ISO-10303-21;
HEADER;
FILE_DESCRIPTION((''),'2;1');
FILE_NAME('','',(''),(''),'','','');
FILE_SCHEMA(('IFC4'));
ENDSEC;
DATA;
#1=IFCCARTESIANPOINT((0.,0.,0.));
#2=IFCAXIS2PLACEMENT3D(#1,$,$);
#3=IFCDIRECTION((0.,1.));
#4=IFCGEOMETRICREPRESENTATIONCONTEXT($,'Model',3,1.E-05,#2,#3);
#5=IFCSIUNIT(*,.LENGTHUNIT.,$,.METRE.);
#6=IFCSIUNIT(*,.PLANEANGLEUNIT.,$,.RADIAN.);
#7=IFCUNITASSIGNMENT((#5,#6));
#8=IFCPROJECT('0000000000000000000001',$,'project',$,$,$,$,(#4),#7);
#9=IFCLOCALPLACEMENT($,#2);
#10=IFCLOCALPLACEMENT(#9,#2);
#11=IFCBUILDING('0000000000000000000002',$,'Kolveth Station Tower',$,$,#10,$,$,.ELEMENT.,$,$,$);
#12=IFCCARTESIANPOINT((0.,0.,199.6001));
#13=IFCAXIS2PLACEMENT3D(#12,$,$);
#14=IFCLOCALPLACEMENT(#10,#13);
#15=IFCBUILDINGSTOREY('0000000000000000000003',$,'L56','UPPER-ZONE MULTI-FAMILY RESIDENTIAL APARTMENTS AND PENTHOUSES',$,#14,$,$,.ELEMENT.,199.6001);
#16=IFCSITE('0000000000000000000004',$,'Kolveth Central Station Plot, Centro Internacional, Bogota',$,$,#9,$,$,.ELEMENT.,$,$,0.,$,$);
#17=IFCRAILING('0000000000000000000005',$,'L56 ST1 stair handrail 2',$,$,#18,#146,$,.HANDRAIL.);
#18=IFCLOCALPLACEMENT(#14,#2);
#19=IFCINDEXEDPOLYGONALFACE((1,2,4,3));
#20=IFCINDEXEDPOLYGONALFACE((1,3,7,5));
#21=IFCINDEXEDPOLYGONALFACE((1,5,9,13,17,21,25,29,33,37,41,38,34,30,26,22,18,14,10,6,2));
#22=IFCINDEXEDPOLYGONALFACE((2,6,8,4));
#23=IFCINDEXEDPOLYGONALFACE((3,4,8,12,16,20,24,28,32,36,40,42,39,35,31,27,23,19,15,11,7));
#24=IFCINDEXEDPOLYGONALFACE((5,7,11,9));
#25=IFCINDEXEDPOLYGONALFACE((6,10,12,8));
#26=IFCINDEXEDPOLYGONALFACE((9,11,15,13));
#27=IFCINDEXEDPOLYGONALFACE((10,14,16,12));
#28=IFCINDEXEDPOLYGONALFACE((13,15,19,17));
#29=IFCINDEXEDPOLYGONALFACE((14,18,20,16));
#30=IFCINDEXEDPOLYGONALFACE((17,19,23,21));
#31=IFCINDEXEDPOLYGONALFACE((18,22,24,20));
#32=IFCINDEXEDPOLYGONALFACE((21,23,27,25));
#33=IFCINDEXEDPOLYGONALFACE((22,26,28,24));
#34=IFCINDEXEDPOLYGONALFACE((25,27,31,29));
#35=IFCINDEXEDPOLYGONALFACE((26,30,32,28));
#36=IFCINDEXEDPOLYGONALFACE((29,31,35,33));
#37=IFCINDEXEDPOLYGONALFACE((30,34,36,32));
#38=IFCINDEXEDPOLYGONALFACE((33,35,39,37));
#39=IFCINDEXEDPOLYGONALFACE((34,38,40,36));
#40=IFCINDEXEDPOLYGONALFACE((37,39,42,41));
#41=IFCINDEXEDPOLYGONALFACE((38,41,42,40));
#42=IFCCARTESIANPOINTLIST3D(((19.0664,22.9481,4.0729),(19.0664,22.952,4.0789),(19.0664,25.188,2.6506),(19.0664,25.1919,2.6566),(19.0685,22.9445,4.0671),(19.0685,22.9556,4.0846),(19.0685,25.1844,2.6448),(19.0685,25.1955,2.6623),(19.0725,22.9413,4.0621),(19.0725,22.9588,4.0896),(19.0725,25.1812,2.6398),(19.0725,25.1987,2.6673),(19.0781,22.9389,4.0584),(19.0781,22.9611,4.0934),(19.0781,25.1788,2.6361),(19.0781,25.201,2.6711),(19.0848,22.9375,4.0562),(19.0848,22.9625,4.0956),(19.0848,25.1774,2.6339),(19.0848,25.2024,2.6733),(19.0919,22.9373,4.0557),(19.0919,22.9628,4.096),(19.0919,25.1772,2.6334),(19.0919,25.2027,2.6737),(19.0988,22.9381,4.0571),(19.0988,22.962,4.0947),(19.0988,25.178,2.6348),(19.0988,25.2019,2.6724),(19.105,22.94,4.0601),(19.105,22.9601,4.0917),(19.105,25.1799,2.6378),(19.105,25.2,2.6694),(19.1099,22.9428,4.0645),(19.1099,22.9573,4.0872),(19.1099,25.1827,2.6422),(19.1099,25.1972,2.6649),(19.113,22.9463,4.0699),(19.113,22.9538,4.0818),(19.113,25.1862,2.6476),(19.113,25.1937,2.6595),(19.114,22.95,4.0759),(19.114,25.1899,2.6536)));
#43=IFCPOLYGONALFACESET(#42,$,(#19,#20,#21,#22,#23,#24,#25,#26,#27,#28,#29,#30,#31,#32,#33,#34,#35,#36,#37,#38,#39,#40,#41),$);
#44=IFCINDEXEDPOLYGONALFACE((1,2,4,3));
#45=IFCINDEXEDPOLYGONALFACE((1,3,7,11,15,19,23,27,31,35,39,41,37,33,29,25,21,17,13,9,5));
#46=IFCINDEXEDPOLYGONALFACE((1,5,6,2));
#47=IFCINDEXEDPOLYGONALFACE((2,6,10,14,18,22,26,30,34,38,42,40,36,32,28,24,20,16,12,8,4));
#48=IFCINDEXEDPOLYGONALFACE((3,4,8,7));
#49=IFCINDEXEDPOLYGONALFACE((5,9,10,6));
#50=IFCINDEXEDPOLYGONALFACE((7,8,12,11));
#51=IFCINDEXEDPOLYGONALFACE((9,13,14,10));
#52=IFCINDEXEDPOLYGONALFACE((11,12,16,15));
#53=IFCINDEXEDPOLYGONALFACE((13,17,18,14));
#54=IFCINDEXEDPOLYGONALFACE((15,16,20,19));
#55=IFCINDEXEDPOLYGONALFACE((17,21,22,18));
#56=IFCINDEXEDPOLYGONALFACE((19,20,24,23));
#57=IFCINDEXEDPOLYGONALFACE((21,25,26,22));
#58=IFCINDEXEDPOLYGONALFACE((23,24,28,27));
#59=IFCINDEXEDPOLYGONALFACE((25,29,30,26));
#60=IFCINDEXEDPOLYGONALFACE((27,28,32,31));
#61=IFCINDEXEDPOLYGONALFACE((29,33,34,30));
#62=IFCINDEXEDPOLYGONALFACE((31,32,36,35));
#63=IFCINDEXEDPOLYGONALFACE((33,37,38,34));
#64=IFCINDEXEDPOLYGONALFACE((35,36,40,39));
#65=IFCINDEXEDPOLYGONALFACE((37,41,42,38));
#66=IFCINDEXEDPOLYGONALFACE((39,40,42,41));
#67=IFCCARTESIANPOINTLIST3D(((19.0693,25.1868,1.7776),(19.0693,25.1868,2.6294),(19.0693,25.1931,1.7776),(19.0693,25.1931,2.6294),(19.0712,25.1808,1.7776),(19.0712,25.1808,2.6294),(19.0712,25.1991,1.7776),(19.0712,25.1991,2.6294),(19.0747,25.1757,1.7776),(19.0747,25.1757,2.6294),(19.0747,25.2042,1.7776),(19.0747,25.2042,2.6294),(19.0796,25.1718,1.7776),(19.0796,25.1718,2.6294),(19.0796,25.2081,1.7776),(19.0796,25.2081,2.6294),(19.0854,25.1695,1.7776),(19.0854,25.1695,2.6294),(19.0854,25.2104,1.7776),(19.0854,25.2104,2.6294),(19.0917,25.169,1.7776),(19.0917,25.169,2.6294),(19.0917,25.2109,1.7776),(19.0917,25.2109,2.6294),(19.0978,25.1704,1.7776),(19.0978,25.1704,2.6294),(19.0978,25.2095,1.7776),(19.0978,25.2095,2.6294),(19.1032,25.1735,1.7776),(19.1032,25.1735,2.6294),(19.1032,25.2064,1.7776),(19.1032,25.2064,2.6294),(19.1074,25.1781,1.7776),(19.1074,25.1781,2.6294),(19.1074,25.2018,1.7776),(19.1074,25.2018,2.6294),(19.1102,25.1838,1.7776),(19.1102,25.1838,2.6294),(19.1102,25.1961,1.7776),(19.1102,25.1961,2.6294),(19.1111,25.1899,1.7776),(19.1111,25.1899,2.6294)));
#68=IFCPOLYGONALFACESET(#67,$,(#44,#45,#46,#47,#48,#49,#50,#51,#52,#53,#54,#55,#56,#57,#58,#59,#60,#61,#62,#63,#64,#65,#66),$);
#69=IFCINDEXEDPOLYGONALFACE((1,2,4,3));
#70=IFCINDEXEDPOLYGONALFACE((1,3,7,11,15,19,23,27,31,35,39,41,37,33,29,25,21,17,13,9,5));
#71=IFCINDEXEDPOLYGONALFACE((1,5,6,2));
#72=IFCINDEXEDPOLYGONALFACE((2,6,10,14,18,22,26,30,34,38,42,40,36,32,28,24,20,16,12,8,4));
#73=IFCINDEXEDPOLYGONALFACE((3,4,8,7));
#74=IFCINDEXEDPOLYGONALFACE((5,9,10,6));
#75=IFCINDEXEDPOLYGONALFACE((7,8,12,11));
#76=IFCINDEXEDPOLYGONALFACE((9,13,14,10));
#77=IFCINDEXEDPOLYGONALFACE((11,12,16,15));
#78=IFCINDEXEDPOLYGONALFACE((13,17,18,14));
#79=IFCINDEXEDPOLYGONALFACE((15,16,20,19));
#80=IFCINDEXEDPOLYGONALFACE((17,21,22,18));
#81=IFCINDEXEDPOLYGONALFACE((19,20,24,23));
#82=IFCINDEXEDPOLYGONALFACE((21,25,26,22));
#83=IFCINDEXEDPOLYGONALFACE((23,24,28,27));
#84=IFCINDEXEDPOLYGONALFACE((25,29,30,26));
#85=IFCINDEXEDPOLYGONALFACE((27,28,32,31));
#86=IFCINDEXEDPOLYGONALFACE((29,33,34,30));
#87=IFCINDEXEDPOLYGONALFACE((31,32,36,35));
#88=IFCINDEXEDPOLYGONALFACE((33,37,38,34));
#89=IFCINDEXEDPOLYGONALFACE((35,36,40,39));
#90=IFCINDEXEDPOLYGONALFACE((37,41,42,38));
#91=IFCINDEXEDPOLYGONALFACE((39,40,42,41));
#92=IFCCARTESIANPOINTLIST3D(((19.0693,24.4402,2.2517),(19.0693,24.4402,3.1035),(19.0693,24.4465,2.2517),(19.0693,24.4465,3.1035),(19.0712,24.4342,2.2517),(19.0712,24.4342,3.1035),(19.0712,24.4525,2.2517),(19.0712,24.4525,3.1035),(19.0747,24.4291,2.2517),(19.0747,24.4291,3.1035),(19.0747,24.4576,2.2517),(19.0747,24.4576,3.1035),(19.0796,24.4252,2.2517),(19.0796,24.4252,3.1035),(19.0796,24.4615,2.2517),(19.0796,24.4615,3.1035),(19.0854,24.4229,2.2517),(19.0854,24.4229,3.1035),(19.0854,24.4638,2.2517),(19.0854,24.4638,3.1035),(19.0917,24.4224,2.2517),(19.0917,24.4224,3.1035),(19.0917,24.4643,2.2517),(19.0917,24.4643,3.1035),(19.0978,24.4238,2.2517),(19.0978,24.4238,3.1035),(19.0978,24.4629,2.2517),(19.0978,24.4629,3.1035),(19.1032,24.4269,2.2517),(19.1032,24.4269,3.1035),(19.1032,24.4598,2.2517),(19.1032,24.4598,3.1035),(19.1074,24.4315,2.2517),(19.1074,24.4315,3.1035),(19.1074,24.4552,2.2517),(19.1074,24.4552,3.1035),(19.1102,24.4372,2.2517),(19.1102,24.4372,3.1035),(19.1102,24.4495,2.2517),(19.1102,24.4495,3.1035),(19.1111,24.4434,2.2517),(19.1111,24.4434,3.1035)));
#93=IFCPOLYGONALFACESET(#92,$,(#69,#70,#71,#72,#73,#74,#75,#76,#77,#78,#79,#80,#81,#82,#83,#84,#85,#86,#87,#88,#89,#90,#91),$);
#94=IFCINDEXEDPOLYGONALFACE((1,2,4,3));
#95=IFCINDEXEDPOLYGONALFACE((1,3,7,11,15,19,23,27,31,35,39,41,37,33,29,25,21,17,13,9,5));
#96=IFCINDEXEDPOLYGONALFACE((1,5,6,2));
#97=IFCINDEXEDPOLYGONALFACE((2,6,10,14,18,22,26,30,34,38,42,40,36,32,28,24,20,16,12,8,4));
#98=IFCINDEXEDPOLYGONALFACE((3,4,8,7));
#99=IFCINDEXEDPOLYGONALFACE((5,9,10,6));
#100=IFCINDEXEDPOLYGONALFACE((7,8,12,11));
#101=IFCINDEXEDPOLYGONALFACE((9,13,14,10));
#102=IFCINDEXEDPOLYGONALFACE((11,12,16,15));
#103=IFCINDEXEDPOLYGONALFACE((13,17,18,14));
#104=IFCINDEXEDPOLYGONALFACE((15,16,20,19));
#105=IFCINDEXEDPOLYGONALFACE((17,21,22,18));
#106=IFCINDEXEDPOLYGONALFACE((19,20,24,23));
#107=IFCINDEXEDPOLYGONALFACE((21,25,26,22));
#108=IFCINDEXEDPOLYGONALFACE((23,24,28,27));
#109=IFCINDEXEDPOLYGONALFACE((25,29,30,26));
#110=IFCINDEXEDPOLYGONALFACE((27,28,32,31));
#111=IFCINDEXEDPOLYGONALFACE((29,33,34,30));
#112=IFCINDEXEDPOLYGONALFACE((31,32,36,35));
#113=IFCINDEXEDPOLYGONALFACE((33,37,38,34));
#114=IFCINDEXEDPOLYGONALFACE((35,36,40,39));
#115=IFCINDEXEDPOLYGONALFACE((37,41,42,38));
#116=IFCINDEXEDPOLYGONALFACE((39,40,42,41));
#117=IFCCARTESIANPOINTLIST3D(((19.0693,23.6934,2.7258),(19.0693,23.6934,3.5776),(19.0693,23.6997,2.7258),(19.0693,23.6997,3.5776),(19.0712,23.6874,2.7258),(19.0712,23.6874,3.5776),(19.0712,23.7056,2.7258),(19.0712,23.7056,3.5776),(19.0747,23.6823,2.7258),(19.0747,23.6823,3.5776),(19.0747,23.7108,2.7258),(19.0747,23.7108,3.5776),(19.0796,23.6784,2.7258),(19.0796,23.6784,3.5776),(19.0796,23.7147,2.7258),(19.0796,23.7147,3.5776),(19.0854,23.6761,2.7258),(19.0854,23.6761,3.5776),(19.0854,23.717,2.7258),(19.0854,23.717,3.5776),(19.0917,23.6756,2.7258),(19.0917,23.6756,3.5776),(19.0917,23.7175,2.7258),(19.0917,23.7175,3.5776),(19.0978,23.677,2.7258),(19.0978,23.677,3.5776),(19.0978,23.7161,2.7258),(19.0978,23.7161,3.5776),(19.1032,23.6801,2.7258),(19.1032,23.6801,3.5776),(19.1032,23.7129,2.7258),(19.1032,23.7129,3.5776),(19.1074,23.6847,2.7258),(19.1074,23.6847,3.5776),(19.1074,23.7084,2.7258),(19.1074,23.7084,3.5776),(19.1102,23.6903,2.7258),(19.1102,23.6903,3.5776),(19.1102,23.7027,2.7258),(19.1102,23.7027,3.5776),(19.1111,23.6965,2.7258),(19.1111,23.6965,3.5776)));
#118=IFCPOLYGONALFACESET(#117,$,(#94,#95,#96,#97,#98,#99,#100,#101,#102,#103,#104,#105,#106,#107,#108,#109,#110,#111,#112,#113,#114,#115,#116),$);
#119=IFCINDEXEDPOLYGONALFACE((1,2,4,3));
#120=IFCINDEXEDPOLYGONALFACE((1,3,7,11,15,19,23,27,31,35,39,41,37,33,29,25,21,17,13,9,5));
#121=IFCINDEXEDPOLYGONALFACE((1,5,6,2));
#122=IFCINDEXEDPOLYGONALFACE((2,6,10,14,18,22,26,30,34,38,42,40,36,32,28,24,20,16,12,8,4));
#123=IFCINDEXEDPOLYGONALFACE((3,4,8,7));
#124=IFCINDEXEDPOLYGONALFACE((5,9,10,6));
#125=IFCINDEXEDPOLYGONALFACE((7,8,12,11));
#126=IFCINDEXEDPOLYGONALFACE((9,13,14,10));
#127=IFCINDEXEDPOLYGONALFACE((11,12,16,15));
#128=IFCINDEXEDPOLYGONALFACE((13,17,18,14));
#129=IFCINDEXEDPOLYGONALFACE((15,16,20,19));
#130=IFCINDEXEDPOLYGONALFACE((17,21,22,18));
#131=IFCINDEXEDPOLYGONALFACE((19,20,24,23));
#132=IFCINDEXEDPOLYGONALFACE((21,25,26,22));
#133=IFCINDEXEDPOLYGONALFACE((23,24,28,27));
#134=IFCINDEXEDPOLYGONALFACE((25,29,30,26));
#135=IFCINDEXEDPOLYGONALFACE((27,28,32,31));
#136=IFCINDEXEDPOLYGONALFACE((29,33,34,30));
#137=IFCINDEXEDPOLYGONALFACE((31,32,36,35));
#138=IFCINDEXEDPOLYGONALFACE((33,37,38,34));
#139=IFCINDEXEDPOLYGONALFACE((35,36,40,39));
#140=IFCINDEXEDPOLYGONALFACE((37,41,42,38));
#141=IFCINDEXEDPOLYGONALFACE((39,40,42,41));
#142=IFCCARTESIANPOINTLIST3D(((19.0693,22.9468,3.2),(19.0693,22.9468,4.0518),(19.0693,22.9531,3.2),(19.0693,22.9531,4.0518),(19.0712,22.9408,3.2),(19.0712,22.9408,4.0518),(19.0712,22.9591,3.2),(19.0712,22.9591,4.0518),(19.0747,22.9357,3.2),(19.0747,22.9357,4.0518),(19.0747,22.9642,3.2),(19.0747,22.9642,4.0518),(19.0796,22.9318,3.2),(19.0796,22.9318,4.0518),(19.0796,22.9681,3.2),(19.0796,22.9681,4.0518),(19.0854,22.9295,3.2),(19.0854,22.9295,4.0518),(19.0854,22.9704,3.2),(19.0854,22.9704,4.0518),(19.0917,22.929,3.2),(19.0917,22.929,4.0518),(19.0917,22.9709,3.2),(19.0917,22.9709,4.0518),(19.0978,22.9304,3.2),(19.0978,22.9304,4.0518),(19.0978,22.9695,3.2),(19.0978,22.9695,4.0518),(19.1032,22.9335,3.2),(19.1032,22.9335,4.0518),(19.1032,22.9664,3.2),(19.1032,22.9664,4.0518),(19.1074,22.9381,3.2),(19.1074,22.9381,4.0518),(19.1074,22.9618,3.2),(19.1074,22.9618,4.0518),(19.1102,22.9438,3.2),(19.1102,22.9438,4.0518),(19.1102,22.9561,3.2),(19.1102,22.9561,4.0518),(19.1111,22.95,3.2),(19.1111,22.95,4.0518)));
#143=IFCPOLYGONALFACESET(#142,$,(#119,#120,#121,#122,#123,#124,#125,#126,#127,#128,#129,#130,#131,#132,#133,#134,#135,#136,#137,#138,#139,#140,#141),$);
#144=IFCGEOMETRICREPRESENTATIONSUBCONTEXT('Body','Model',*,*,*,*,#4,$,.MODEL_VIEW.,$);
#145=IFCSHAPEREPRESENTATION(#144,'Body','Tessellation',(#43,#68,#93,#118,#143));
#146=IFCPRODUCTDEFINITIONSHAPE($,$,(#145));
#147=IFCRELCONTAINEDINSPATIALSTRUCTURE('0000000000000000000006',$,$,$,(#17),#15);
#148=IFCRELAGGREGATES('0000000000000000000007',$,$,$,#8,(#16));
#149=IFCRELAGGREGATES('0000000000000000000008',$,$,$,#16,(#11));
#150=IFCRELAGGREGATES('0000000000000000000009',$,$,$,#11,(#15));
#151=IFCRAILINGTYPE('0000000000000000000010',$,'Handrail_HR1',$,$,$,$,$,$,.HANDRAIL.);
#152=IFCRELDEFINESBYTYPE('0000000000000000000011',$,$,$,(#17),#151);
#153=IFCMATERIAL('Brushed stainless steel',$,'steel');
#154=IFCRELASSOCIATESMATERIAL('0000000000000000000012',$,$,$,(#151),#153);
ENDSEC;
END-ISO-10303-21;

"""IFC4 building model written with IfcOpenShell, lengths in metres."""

from ifc_helpers import new_model, si_unit, direction, frame, origin, origin_2d, place, context, subcontext, project, spatial, circle, extrude, material, type_object, element, save


model = new_model("IFC4")

# Units and contexts
model_context = context("Model", 3, precision=1e-05, world=origin(), true_north=direction((0.0, 1.0)))
body_context = subcontext(model_context, "Body", "Model", "MODEL_VIEW")
ifc_project = project(units=[si_unit("LENGTHUNIT", "METRE"), si_unit("PLANEANGLEUNIT", "RADIAN")], contexts=[model_context])

# Site, building, storey
site_placement = place(None, origin())
site = spatial("IfcSite", under=ifc_project, at=site_placement, Name="Kolveth Central Station Plot, Centro Internacional, Bogota", CompositionType="ELEMENT", RefElevation=0.0)
building_placement = place(site_placement, origin())
building = spatial("IfcBuilding", under=site, at=building_placement, Name="Kolveth Station Tower", CompositionType="ELEMENT")
storey_placement = place(building_placement, frame((0.0, 0.0, 199.6001)))
storey = spatial("IfcBuildingStorey", under=building, at=storey_placement, Name="L56", Description="UPPER-ZONE MULTI-FAMILY RESIDENTIAL APARTMENTS AND PENTHOUSES", CompositionType="ELEMENT", Elevation=199.6001)

# Railing
ifc_material_1 = material(Name="Brushed stainless steel", Category="steel")
railing_type_1 = type_object("IfcRailingType", Name="Handrail_HR1", PredefinedType="HANDRAIL", material=ifc_material_1)
railing_1_placement = place(storey_placement, frame((19.0901, 25.1899, 1.7776)))
element("IfcRailing", 1, at=railing_1_placement, inside=storey, type_object=railing_type_1, Name="L56 ST1 stair handrail 2", PredefinedType="HANDRAIL", context=body_context, shape_type="SweptSolid", body=[
    extrude(circle(Radius=0.0239, at=origin_2d()), frame((0.0, 0.0, 0.876), z_axis=(0.0, -0.844188, 0.536048), x_axis=(1.0, 0.0, 0.0)), (0.0, 0.0, 1.0), 2.6533),
    extrude(circle(Radius=0.021, at=origin_2d()), origin(), (0.0, 0.0, 1.0), 0.8518),
    extrude(circle(Radius=0.021, at=origin_2d()), frame((0.0, -0.7466, 0.4741)), (0.0, 0.0, 1.0), 0.8518),
    extrude(circle(Radius=0.021, at=origin_2d()), frame((0.0, -1.4934, 0.9482)), (0.0, 0.0, 1.0), 0.8518),
    extrude(circle(Radius=0.021, at=origin_2d()), frame((0.0, -2.24, 1.4224)), (0.0, 0.0, 1.0), 0.8518),
])

save(model, "model.ifc")
